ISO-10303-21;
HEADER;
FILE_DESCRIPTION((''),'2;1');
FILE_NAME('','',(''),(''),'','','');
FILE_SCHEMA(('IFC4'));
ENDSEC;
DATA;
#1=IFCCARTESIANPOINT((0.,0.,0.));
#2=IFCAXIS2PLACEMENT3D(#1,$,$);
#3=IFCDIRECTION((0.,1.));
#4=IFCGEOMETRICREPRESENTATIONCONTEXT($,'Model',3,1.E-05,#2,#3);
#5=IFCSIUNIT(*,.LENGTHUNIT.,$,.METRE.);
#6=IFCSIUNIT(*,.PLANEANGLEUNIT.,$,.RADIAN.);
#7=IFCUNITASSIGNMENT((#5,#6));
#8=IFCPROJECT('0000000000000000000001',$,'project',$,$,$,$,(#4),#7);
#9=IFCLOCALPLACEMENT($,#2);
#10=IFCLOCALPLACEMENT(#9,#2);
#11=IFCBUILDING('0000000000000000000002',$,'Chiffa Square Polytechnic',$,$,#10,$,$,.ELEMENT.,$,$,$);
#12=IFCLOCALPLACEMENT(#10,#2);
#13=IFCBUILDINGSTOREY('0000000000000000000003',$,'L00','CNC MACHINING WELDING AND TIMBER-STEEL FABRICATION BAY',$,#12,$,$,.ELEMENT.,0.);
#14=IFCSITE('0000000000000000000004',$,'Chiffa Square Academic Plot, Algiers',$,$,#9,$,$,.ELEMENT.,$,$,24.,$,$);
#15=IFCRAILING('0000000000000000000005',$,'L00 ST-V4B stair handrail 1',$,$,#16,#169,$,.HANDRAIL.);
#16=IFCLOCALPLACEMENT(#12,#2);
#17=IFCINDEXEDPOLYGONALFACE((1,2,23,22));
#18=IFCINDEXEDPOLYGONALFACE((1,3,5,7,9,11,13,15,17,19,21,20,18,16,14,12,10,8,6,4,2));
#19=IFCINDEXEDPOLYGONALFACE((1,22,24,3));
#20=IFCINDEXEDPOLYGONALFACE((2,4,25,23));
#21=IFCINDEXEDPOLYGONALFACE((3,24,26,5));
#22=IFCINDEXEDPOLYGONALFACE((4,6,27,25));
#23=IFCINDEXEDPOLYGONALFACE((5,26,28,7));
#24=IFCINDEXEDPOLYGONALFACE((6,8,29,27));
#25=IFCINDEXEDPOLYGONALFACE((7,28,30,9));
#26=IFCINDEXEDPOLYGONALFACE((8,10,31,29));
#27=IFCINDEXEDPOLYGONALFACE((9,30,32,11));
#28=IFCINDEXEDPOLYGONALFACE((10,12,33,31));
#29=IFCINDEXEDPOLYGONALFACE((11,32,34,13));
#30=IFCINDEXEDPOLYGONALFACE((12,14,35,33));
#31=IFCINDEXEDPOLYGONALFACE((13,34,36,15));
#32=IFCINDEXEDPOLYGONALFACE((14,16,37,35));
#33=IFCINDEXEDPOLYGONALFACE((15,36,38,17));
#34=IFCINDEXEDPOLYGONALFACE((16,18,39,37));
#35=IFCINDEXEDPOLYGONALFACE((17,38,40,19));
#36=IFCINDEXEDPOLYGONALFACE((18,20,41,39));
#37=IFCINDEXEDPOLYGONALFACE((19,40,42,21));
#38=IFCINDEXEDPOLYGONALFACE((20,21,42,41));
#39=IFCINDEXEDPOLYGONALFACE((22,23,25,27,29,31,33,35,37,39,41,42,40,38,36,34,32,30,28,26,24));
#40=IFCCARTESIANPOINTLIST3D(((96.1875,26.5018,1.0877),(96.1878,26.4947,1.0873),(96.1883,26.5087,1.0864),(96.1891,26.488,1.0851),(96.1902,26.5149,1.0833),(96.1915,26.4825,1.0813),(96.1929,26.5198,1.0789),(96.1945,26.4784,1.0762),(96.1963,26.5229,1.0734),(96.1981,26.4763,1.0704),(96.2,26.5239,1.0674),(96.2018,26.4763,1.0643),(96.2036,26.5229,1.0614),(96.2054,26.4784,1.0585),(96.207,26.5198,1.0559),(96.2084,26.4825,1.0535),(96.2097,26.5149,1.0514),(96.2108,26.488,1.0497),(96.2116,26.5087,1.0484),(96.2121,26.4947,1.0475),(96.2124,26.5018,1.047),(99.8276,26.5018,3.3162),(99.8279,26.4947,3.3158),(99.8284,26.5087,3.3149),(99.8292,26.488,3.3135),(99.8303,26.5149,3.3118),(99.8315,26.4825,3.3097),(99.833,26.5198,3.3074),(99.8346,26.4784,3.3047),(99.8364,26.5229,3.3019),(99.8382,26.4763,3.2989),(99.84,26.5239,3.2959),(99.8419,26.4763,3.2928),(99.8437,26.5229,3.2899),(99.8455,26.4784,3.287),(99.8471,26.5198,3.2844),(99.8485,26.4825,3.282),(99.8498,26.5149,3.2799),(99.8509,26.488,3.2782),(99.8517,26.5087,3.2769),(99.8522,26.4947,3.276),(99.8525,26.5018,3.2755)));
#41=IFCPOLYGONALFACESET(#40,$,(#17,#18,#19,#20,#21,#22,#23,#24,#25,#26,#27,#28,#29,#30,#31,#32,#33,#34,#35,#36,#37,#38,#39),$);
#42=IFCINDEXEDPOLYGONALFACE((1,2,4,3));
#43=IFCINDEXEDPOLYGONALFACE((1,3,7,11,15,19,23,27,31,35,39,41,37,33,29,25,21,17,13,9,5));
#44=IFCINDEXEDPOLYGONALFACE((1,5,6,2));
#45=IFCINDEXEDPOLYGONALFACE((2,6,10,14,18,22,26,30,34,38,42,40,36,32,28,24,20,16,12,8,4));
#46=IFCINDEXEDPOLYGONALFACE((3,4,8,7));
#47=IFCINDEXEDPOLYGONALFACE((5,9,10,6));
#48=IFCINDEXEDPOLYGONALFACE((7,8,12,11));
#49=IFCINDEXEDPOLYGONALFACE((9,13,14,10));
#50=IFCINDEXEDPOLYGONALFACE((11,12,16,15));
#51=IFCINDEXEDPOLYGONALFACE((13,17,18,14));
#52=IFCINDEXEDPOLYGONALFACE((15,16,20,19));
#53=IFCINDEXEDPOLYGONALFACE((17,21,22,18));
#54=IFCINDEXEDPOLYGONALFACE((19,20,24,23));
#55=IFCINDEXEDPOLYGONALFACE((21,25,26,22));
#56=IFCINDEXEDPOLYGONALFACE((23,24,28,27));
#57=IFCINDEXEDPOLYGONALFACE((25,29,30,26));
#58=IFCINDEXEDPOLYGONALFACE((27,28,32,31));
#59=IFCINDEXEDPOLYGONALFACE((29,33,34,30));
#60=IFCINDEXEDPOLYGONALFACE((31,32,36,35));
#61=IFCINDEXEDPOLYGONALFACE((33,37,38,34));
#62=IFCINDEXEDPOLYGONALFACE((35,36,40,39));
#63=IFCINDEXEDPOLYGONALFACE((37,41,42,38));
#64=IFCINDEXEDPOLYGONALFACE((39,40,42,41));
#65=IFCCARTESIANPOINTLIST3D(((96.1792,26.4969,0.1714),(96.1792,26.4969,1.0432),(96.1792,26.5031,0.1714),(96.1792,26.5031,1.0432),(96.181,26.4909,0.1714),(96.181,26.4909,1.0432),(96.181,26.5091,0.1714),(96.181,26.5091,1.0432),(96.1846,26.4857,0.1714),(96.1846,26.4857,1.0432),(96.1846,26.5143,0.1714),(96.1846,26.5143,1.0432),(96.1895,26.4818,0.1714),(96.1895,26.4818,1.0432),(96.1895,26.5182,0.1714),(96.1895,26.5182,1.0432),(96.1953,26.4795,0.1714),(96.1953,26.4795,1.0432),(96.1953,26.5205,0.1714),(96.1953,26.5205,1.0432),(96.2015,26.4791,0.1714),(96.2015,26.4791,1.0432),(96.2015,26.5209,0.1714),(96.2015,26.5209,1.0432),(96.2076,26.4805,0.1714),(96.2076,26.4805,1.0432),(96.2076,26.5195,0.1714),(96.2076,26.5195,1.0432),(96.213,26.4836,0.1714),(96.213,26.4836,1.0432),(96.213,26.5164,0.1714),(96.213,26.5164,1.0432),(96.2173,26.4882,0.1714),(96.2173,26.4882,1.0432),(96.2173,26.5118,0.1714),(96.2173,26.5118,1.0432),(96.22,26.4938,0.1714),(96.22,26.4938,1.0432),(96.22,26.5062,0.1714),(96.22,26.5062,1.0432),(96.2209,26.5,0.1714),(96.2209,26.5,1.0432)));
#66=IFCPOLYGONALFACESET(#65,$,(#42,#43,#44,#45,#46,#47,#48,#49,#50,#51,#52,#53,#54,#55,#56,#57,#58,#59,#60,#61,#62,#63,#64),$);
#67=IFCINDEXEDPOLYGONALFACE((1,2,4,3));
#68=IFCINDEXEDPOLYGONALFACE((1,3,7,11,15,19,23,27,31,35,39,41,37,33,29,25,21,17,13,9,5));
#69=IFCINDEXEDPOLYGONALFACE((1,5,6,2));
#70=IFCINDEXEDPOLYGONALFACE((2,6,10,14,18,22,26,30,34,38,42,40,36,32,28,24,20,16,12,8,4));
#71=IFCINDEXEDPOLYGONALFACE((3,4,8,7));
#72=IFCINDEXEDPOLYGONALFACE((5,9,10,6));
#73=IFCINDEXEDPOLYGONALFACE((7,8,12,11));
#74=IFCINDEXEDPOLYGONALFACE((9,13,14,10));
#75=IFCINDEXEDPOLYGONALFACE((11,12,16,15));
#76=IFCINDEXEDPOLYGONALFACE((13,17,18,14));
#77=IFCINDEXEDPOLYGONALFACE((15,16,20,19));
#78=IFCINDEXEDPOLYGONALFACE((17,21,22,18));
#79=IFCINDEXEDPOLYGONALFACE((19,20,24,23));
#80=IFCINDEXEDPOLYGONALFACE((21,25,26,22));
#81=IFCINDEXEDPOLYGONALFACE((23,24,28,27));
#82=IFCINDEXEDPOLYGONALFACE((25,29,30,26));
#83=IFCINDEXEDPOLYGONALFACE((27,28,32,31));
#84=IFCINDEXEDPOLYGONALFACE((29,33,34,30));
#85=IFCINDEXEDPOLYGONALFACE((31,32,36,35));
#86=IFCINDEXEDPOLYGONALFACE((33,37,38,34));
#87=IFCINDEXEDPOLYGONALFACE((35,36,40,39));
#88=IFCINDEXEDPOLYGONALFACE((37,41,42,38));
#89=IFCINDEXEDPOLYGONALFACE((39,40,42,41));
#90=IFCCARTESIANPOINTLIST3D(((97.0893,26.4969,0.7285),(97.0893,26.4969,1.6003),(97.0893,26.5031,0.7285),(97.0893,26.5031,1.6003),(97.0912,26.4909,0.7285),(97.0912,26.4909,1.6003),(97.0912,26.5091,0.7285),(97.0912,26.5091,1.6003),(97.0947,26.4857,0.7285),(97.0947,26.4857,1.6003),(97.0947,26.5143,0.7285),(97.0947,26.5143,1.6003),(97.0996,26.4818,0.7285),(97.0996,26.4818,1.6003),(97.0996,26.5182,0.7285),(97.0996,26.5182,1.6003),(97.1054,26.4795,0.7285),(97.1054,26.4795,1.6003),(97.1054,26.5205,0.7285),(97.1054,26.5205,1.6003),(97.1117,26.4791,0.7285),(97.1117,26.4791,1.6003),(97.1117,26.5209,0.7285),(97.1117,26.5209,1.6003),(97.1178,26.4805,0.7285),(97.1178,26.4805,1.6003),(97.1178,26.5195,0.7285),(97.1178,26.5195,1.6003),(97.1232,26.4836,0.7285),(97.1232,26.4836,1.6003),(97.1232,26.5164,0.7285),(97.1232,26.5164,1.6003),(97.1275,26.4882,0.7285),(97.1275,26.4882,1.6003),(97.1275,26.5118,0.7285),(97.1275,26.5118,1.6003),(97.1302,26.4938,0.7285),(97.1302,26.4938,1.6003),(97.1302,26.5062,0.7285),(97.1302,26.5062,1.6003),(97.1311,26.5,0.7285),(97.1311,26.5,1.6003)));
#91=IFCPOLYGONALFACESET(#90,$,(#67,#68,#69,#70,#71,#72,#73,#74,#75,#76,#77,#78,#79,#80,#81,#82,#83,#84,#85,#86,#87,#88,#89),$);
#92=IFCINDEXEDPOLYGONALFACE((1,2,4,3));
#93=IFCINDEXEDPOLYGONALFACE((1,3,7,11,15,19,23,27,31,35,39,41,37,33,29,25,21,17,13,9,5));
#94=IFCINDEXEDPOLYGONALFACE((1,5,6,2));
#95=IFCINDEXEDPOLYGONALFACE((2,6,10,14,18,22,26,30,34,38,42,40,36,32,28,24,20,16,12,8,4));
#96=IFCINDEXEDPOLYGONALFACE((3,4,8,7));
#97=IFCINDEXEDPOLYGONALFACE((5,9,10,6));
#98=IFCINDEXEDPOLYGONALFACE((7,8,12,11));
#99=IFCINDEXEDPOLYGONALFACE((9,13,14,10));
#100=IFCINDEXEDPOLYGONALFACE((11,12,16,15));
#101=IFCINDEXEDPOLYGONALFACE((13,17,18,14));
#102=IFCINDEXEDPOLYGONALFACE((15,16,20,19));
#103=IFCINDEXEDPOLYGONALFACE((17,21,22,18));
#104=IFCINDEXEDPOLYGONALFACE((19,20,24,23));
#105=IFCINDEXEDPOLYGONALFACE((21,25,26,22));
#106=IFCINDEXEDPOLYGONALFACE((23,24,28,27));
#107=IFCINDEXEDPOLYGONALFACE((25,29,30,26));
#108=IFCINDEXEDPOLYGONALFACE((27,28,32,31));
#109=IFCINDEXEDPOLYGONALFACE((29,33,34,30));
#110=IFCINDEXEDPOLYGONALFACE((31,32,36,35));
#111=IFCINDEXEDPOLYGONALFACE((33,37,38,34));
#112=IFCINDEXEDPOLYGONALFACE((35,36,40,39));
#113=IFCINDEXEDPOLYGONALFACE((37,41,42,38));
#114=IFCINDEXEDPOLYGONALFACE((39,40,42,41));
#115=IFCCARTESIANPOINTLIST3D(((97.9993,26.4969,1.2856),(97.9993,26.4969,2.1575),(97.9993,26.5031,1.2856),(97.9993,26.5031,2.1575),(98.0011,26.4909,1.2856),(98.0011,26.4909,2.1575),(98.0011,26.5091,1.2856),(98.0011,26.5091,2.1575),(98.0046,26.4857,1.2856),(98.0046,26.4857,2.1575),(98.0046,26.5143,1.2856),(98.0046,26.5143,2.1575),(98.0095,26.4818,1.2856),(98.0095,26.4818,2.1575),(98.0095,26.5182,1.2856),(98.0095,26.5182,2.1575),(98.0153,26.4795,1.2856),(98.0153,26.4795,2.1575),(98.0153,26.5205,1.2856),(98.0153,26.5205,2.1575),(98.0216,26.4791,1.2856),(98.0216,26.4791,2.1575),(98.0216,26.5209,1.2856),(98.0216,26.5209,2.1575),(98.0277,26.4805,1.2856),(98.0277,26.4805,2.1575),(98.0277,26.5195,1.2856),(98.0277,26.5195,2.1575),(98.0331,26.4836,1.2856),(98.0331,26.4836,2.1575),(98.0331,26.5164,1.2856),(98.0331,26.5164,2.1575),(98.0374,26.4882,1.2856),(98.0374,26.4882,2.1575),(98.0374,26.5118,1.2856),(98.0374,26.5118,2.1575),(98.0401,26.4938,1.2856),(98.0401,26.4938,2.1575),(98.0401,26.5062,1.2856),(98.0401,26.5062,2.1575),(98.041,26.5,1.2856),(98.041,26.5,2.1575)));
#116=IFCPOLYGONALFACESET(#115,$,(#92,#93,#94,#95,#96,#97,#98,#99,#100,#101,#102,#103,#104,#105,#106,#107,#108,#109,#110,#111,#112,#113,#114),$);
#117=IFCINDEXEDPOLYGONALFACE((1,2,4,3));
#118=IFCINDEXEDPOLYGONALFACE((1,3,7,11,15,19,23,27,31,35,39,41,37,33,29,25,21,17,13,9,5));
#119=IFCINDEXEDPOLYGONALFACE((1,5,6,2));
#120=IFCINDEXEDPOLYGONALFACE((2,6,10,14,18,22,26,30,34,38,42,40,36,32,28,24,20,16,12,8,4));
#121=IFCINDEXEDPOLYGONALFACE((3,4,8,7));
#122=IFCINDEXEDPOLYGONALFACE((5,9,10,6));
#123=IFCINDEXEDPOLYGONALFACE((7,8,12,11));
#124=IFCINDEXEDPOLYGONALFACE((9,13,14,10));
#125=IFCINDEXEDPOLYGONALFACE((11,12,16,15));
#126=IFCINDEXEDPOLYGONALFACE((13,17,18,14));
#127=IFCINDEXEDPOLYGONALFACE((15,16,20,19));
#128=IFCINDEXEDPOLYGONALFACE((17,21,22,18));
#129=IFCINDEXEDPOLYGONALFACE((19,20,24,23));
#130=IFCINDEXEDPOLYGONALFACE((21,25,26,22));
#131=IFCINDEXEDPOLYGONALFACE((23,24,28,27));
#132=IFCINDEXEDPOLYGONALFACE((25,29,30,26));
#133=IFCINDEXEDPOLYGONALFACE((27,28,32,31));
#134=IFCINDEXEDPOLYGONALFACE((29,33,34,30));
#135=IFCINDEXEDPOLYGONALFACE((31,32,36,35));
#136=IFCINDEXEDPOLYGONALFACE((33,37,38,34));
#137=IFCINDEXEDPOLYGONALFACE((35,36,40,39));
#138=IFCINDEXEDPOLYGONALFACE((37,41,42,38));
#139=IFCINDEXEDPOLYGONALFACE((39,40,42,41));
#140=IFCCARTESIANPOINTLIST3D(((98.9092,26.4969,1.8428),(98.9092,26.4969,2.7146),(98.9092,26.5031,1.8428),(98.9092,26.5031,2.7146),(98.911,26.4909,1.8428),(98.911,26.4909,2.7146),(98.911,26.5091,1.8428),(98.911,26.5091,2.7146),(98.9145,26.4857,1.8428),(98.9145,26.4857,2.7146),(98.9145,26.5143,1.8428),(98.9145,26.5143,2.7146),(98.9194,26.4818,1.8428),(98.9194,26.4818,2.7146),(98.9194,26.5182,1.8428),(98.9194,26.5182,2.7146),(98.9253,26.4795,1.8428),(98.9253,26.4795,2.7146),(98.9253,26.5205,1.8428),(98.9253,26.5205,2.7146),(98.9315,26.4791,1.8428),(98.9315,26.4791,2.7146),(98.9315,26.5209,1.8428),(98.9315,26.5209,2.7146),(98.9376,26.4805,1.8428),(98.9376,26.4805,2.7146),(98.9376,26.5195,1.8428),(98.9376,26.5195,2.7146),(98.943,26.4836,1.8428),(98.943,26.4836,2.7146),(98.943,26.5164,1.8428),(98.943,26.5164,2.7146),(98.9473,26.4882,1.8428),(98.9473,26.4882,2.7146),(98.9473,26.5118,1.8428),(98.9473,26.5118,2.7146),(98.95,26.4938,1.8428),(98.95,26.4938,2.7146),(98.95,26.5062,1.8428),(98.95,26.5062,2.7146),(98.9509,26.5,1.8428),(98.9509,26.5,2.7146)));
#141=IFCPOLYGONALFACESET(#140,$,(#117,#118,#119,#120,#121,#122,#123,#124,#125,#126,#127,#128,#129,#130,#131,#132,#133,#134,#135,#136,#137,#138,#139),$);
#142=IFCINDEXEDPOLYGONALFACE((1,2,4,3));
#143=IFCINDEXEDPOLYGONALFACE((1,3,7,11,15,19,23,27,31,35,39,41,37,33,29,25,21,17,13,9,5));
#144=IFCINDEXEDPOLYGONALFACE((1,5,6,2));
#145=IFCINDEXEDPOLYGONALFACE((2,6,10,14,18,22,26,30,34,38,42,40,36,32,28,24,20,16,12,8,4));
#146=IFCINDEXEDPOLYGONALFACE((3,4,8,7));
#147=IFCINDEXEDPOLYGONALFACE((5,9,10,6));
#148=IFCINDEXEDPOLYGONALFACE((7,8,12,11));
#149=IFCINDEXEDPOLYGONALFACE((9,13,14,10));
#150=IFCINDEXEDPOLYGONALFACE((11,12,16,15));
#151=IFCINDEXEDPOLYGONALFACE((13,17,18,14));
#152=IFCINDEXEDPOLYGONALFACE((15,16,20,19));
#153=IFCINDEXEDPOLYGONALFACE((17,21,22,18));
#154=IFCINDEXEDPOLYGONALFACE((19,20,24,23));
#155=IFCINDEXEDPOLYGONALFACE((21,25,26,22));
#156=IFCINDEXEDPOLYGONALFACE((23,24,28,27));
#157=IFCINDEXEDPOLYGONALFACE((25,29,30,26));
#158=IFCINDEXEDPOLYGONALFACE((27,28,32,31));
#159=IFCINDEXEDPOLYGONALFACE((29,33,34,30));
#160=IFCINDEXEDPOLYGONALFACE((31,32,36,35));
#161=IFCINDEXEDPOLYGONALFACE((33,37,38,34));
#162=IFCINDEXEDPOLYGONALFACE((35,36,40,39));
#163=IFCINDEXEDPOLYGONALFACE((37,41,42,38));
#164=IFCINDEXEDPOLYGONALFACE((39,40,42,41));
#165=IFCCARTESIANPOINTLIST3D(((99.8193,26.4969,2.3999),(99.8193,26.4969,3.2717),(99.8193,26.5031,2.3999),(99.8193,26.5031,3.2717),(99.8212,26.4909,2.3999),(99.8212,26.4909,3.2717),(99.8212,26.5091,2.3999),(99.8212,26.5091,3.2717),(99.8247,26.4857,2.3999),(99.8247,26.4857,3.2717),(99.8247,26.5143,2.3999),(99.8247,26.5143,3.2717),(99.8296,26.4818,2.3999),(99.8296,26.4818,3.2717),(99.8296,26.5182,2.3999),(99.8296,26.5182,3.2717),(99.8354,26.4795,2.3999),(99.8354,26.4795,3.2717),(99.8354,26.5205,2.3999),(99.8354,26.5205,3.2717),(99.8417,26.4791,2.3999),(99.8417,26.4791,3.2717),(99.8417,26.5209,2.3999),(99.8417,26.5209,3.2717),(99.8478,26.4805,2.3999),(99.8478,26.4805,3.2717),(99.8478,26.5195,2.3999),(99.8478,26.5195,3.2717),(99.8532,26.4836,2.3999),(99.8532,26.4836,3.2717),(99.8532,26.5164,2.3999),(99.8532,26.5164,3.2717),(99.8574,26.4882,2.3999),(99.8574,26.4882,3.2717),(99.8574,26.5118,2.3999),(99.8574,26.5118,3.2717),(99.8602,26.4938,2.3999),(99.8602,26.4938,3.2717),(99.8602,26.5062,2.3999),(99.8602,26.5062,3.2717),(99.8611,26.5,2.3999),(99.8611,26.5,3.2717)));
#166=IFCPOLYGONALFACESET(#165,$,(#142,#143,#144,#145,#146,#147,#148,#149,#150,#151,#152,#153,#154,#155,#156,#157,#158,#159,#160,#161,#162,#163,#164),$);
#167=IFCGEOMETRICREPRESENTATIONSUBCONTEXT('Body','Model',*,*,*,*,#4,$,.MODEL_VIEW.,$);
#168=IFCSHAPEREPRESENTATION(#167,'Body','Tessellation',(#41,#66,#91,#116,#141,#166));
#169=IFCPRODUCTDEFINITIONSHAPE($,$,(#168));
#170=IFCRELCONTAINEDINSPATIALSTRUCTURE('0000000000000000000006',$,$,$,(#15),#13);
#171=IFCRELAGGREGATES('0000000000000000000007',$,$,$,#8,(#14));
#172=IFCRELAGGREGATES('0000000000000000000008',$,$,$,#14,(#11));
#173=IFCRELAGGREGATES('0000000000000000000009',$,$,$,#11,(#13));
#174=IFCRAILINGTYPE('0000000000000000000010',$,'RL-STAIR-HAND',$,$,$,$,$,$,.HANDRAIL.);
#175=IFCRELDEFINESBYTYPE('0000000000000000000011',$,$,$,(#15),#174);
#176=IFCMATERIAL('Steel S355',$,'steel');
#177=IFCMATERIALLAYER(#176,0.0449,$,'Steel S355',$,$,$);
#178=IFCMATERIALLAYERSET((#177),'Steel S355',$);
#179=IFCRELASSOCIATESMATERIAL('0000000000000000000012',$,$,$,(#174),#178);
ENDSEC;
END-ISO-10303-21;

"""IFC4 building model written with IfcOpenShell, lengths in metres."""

from ifc_helpers import new_model, si_unit, direction, frame, origin, origin_2d, place, context, subcontext, project, spatial, circle, extrude, material, layer, layer_set, type_object, element, save


model = new_model("IFC4")

# Units and contexts
model_context = context("Model", 3, precision=1e-05, world=origin(), true_north=direction((0.0, 1.0)))
body_context = subcontext(model_context, "Body", "Model", "MODEL_VIEW")
ifc_project = project(units=[si_unit("LENGTHUNIT", "METRE"), si_unit("PLANEANGLEUNIT", "RADIAN")], contexts=[model_context])

# Site, building, storey
site_placement = place(None, origin())
site = spatial("IfcSite", under=ifc_project, at=site_placement, Name="Chiffa Square Academic Plot, Algiers", CompositionType="ELEMENT", RefElevation=24.0)
building_placement = place(site_placement, origin())
building = spatial("IfcBuilding", under=site, at=building_placement, Name="Chiffa Square Polytechnic", CompositionType="ELEMENT")
storey_placement = place(building_placement, origin())
storey = spatial("IfcBuildingStorey", under=building, at=storey_placement, Name="L00", Description="CNC MACHINING WELDING AND TIMBER-STEEL FABRICATION BAY", CompositionType="ELEMENT", Elevation=0.0)

# Railing
ifc_material_1 = material(Name="Steel S355", Category="steel")
ifc_layer_1 = layer(ifc_material_1, 0.0449, Name="Steel S355")
ifc_layer_set_1 = layer_set([ifc_layer_1], Name="Steel S355")
railing_type_1 = type_object("IfcRailingType", Name="RL-STAIR-HAND", PredefinedType="HANDRAIL", material=ifc_layer_set_1)
railing_1_placement = place(storey_placement, frame((96.2, 26.5, 0.1714)))
element("IfcRailing", 1, at=railing_1_placement, inside=storey, type_object=railing_type_1, Name="L00 ST-V4B stair handrail 1", PredefinedType="HANDRAIL", context=body_context, shape_type="SweptSolid", body=[
    extrude(circle(Radius=0.0239, at=origin_2d()), frame((0.0, 0.0, 0.896), z_axis=(0.852866, 0.0, 0.52213), x_axis=(0.0, 1.0, 0.0)), (0.0, 0.0, 1.0), 4.2681),
    extrude(circle(Radius=0.021, at=origin_2d()), origin(), (0.0, 0.0, 1.0), 0.8718),
    extrude(circle(Radius=0.021, at=origin_2d()), frame((0.9102, 0.0, 0.5571)), (0.0, 0.0, 1.0), 0.8718),
    extrude(circle(Radius=0.021, at=origin_2d()), frame((1.8201, 0.0, 1.1143)), (0.0, 0.0, 1.0), 0.8718),
    extrude(circle(Radius=0.021, at=origin_2d()), frame((2.73, 0.0, 1.6714)), (0.0, 0.0, 1.0), 0.8718),
    extrude(circle(Radius=0.021, at=origin_2d()), frame((3.6401, 0.0, 2.2285)), (0.0, 0.0, 1.0), 0.8718),
])

save(model, "model.ifc")
